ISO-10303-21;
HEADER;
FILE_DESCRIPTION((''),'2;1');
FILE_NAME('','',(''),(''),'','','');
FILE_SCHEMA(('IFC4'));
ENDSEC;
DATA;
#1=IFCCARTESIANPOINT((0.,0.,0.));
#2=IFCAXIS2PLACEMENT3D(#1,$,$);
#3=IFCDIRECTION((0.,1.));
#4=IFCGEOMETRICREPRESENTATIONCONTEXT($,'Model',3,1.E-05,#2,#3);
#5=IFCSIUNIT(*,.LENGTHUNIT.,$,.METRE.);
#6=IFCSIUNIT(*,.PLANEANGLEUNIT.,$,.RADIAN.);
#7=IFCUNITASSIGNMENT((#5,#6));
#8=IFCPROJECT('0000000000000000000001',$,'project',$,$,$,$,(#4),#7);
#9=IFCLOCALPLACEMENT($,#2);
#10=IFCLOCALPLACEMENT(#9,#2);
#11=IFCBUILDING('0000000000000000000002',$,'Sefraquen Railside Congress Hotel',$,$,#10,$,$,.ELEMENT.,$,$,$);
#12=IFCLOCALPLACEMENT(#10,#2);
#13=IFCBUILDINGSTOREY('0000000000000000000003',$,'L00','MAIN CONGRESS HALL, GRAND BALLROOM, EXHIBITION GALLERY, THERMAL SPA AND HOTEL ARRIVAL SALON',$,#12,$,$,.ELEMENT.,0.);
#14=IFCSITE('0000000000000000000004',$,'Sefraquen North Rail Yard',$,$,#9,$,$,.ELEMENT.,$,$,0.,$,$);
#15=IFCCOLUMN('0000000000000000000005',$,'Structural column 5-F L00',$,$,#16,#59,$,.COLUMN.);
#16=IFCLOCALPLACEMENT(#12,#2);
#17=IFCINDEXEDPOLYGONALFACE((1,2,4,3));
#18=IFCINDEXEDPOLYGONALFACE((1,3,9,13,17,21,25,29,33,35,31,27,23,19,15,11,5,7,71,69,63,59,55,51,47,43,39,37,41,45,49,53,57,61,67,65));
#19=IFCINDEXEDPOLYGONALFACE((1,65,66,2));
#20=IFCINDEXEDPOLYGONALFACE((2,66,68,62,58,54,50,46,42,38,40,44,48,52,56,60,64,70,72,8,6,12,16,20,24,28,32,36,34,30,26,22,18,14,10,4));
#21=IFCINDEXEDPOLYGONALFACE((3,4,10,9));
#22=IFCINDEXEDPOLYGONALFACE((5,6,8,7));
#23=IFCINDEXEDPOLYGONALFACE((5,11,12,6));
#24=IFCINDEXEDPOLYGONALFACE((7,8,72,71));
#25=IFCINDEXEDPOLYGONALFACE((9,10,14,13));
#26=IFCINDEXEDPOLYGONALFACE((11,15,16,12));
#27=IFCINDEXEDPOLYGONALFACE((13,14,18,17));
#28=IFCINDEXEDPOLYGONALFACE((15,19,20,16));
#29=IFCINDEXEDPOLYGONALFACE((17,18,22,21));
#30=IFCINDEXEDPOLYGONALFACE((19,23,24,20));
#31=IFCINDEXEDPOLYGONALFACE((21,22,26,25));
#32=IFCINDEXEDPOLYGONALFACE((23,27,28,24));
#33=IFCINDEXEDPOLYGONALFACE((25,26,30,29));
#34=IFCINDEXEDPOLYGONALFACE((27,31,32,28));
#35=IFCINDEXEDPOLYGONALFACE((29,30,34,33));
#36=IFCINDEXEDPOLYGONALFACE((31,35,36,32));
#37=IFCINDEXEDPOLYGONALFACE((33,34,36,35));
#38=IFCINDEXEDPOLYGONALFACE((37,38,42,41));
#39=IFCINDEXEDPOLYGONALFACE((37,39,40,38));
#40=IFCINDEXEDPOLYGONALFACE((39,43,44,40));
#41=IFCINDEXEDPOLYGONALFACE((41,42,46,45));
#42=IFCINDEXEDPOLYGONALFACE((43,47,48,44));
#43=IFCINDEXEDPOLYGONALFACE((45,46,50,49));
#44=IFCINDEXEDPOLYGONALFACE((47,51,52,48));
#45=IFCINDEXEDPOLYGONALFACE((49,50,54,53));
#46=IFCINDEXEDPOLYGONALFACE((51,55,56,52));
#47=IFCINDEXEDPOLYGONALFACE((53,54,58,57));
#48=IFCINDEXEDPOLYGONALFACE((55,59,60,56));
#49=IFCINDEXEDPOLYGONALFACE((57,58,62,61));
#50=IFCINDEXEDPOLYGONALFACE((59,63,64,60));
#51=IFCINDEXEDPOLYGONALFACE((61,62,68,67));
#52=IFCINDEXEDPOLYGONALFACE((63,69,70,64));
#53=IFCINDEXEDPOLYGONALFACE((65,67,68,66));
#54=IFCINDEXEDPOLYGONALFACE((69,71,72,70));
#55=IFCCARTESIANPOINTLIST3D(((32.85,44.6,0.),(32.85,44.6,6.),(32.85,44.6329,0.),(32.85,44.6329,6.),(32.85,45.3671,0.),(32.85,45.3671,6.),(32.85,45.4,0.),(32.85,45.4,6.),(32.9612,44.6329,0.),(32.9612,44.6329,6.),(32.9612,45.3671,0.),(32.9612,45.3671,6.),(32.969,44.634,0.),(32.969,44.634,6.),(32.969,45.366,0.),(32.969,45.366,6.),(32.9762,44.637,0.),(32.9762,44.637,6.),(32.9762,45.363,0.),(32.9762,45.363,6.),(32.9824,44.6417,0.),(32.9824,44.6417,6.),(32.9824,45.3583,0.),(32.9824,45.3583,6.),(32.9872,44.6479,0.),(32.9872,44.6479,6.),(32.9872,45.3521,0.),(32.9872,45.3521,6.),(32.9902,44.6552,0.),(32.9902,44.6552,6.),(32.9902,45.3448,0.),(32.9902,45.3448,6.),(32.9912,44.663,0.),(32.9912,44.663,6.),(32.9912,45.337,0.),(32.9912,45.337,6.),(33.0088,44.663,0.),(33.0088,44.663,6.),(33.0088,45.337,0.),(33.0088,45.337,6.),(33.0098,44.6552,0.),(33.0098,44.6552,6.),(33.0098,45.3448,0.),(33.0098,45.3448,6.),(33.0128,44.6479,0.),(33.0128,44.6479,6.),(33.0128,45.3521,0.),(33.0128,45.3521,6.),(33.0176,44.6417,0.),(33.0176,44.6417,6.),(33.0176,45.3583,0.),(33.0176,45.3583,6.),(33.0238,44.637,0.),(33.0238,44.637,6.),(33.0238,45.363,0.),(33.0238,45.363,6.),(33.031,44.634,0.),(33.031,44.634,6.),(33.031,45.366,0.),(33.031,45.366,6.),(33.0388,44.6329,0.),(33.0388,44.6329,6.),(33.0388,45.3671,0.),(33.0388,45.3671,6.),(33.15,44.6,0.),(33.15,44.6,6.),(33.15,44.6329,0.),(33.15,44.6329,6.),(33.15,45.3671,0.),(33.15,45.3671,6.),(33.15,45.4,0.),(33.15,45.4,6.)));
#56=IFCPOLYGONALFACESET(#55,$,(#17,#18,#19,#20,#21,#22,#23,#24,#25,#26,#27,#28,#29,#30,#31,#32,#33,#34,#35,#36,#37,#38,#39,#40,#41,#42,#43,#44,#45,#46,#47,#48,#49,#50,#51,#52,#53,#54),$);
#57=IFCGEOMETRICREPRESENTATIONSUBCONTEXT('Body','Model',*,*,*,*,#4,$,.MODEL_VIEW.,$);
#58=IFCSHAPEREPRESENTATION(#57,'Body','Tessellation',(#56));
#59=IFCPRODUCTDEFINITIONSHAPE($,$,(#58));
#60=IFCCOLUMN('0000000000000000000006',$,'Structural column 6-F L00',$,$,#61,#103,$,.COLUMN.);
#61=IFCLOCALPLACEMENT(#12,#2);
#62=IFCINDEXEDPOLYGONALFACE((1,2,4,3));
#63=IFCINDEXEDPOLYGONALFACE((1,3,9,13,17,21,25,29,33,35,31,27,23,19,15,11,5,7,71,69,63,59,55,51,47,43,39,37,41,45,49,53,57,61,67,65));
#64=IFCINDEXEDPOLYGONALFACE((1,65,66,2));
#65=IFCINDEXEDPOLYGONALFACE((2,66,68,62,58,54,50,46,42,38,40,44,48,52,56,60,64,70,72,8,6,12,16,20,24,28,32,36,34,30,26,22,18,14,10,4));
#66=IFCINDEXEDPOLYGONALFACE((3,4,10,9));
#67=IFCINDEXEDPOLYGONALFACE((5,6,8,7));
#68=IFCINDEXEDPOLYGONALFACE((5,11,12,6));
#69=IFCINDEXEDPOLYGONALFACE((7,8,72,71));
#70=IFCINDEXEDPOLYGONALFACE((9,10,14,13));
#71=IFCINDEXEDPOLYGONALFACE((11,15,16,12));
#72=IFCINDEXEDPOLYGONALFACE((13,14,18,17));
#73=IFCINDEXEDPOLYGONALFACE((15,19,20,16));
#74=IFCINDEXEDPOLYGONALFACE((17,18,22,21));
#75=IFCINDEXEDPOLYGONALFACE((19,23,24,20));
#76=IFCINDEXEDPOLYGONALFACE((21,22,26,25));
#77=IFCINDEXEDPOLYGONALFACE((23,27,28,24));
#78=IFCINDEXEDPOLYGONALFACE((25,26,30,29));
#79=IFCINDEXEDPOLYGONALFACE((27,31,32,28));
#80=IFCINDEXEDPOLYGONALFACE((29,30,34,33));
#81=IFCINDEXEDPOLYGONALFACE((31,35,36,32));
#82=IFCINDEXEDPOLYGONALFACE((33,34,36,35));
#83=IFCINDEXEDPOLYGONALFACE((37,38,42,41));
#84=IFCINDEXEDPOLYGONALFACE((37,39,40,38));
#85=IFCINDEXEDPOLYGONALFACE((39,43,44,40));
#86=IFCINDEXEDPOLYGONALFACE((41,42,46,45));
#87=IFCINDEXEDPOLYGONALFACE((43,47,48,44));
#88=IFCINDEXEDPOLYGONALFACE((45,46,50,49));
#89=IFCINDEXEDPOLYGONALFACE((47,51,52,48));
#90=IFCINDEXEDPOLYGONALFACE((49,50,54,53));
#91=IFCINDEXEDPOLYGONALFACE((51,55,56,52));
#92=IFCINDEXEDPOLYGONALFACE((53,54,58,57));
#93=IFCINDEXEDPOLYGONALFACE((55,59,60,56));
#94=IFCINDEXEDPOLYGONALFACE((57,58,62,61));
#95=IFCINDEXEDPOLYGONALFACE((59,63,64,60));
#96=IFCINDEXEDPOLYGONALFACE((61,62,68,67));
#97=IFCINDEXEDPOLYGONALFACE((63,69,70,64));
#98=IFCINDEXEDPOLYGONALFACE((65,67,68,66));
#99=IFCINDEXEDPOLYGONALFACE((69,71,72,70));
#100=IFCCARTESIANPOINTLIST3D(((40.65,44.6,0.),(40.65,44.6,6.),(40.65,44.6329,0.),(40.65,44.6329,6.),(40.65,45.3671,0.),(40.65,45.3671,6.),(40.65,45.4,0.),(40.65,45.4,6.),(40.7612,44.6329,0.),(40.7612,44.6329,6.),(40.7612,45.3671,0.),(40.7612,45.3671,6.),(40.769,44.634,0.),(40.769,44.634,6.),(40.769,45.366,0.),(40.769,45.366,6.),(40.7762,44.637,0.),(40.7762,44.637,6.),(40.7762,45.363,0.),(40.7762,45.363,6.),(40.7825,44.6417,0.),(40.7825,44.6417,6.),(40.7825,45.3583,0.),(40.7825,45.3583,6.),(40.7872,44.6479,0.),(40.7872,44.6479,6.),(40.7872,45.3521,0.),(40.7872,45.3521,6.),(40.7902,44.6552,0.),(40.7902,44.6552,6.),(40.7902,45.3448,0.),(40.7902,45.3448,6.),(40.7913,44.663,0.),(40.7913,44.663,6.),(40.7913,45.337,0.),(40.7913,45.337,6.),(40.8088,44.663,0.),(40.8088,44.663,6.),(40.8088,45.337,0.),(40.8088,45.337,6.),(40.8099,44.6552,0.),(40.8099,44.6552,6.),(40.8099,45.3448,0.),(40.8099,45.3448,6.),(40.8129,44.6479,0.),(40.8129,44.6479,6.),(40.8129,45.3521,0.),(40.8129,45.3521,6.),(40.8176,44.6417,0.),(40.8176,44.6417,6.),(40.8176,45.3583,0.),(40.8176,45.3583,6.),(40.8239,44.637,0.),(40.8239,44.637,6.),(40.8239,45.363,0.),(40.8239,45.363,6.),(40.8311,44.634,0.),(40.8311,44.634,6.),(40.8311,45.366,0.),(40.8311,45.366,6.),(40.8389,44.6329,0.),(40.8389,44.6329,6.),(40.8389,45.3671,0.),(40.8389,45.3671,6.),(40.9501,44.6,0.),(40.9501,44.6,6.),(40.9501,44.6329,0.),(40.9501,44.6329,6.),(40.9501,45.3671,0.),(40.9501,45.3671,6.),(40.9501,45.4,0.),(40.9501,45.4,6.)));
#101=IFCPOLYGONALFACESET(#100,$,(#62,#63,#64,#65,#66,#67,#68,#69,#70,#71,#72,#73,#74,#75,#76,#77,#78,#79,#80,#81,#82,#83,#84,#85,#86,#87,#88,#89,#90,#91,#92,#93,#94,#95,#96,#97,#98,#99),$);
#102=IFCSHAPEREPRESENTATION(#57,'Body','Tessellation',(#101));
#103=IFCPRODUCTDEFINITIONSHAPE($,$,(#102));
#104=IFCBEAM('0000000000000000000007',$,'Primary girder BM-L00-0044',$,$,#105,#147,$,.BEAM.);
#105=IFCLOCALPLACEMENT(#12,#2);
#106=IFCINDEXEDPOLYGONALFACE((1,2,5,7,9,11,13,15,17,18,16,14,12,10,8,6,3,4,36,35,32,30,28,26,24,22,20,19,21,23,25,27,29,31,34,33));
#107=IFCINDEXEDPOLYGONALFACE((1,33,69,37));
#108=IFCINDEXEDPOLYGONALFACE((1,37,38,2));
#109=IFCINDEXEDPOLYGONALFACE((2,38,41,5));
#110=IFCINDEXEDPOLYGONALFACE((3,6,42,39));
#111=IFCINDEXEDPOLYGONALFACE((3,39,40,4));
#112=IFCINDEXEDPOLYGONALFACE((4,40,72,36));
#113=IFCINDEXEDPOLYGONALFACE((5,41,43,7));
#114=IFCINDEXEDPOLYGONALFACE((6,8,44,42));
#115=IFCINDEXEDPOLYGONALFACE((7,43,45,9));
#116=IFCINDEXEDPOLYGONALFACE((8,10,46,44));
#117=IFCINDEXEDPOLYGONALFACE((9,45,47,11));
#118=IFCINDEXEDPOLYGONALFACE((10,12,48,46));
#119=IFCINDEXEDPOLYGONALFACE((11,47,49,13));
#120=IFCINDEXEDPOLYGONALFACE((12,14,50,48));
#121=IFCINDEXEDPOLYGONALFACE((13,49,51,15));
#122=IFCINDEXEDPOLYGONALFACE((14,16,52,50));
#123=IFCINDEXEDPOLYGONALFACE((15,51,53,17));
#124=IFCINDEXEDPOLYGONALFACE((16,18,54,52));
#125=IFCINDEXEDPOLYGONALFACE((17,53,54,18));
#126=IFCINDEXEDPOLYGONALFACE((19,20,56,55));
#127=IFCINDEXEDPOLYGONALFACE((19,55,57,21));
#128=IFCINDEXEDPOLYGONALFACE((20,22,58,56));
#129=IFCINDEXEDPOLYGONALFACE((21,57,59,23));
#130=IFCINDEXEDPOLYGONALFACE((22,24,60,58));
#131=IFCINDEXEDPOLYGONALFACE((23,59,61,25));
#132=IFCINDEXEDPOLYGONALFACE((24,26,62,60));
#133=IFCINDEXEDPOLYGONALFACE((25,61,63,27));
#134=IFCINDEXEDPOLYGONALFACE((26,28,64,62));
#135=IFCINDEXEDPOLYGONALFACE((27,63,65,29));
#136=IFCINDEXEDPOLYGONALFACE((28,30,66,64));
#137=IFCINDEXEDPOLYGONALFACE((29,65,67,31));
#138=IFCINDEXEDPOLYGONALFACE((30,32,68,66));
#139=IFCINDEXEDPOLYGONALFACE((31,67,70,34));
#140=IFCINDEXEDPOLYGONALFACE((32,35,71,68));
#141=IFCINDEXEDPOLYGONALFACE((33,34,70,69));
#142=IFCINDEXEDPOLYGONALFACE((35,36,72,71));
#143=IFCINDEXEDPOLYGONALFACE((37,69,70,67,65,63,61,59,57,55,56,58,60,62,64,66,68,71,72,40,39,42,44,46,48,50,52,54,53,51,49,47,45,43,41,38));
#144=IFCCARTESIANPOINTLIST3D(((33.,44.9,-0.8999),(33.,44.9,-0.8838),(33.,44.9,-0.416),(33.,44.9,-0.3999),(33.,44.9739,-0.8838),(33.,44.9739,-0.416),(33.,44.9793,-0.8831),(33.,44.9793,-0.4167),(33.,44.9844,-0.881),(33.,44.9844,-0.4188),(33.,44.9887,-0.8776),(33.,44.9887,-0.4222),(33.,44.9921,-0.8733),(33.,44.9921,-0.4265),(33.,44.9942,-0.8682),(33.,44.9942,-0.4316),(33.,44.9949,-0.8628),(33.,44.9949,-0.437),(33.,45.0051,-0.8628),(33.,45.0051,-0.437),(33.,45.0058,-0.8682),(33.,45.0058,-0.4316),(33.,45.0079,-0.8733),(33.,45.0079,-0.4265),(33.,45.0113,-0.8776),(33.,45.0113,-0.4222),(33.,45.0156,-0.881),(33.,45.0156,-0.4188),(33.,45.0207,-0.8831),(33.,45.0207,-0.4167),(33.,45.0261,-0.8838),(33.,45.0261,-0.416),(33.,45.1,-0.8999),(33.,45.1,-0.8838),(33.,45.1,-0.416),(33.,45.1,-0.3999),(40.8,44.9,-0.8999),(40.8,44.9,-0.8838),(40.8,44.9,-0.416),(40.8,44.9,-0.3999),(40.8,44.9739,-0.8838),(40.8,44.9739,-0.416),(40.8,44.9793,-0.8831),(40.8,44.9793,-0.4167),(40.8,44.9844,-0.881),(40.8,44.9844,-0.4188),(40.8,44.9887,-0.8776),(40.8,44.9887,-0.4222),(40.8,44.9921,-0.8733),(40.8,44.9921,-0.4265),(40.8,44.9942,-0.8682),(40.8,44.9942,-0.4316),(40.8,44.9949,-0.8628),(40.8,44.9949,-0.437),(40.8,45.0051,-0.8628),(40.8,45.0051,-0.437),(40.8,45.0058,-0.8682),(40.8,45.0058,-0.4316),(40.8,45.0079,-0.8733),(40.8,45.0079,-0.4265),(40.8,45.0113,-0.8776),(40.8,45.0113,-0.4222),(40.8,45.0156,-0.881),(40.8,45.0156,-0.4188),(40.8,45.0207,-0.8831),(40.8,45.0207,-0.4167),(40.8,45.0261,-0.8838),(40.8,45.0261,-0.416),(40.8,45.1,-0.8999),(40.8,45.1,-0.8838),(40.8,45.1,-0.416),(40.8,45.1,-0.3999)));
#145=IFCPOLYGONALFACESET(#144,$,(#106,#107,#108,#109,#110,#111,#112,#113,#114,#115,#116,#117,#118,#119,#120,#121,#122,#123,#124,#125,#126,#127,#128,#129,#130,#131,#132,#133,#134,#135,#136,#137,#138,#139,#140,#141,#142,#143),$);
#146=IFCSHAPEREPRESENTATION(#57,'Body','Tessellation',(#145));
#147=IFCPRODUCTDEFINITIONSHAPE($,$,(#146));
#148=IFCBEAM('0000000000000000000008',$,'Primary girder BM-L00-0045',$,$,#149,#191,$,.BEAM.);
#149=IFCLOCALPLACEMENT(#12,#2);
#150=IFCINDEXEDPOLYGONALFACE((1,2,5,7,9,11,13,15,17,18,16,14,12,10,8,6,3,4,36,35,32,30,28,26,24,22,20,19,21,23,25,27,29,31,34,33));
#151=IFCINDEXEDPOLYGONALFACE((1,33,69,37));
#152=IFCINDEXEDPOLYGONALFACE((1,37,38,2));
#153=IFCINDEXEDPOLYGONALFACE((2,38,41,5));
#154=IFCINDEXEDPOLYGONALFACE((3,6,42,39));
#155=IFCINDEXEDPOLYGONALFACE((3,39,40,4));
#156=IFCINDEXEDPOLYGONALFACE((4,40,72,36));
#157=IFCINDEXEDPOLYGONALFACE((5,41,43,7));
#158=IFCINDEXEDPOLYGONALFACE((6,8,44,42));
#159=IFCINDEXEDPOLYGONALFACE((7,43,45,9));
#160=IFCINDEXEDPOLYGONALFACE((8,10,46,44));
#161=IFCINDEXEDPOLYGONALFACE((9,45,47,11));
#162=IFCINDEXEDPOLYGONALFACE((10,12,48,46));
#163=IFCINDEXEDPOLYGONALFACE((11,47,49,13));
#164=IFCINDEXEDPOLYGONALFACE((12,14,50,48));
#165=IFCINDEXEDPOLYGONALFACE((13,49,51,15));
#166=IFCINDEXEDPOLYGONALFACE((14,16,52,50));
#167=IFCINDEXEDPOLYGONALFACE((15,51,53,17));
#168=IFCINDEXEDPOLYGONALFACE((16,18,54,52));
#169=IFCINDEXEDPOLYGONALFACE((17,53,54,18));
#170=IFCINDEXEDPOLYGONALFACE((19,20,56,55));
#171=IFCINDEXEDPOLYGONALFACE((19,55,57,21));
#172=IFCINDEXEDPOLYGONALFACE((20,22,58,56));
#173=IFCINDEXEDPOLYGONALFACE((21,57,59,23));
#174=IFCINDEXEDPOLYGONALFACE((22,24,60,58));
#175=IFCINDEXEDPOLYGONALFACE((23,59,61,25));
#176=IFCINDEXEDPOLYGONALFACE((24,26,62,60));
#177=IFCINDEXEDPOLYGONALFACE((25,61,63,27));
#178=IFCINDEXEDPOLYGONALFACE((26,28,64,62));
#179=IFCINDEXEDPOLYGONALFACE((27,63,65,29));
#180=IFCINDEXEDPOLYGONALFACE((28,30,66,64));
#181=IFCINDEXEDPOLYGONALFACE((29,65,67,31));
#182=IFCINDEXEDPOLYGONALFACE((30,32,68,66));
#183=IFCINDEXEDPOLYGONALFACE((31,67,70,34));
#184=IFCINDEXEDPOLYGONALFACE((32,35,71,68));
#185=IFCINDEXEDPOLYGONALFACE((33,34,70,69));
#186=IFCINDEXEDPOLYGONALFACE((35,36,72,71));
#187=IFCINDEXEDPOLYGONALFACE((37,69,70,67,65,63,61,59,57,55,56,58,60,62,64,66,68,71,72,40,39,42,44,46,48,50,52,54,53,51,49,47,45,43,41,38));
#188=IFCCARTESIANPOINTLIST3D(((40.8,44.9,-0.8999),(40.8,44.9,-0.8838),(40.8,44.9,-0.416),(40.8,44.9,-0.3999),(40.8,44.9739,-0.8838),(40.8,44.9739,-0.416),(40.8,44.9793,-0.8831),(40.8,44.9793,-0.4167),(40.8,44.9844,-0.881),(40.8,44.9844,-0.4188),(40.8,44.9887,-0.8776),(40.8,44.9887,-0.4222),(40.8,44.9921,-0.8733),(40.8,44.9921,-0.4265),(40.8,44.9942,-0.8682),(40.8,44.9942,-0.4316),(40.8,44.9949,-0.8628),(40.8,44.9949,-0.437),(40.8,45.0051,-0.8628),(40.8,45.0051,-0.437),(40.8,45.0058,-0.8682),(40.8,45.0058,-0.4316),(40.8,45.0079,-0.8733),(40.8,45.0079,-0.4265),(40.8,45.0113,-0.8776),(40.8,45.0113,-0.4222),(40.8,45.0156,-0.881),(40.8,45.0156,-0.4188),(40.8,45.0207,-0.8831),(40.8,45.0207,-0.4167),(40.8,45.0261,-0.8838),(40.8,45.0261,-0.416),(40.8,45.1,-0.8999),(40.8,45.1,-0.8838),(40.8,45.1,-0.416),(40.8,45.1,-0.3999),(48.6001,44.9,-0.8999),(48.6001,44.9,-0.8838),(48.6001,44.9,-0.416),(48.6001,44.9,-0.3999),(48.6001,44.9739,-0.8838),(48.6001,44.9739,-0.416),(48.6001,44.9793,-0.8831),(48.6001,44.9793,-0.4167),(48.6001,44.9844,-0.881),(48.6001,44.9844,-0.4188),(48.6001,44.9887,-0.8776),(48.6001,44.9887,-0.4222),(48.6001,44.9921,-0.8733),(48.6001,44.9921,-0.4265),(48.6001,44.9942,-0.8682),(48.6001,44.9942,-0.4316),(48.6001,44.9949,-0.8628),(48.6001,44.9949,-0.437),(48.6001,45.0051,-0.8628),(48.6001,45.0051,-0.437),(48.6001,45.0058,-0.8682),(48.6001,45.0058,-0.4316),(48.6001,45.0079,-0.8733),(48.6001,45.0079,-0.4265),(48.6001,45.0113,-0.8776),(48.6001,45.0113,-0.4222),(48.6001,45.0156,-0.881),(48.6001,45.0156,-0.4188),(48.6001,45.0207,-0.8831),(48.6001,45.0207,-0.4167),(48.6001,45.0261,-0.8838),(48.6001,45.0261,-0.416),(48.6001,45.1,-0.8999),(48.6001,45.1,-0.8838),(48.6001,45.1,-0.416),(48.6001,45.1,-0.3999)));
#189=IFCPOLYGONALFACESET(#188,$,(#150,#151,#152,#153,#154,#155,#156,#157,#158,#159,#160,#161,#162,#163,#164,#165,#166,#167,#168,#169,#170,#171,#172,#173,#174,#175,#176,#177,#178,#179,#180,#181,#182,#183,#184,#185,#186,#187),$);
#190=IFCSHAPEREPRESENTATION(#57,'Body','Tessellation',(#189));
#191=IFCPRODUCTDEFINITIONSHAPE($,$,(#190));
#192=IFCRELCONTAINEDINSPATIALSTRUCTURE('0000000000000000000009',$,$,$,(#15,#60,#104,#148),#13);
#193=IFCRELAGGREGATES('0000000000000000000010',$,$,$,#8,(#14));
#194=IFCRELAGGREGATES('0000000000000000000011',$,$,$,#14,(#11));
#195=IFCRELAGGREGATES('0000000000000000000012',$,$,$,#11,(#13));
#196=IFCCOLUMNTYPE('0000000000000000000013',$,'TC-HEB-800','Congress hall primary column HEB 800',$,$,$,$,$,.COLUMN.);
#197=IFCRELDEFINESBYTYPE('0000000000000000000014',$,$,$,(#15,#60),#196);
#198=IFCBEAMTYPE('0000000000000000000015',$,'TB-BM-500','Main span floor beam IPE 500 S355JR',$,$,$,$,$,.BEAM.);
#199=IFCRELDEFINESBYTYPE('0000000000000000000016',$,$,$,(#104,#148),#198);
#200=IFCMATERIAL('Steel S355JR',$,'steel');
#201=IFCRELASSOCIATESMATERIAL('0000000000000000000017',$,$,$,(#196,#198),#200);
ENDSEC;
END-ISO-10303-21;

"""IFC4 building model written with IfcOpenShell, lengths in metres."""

from ifc_helpers import new_model, si_unit, direction, frame, origin, origin_2d, place, context, subcontext, project, spatial, i_section, extrude, material, material_profile, profile_set, type_object, element, save


model = new_model("IFC4")

# Units and contexts
model_context = context("Model", 3, precision=1e-05, world=origin(), true_north=direction((0.0, 1.0)))
body_context = subcontext(model_context, "Body", "Model", "MODEL_VIEW")
ifc_project = project(units=[si_unit("LENGTHUNIT", "METRE"), si_unit("PLANEANGLEUNIT", "RADIAN")], contexts=[model_context])

# Site, building, storey
site_placement = place(None, origin())
site = spatial("IfcSite", under=ifc_project, at=site_placement, Name="Sefraquen North Rail Yard", CompositionType="ELEMENT", RefElevation=0.0)
building_placement = place(site_placement, origin())
building = spatial("IfcBuilding", under=site, at=building_placement, Name="Sefraquen Railside Congress Hotel", CompositionType="ELEMENT")
storey_placement = place(building_placement, origin())
storey = spatial("IfcBuildingStorey", under=building, at=storey_placement, Name="L00", Description="MAIN CONGRESS HALL, GRAND BALLROOM, EXHIBITION GALLERY, THERMAL SPA AND HOTEL ARRIVAL SALON", CompositionType="ELEMENT", Elevation=0.0)

# Columns
ifc_material_1 = material(Name="Steel S355JR", Category="steel")
ifc_material_profile_1 = material_profile(ifc_material_1, i_section(OverallWidth=0.3, OverallDepth=0.8, WebThickness=0.0176, FlangeThickness=0.033, FilletRadius=0.03, at=origin_2d()), Name="HEB 800")
ifc_profile_set_1 = profile_set([ifc_material_profile_1], Name="Steel S355JR")
column_type = type_object("IfcColumnType", Name="TC-HEB-800", Description="Congress hall primary column HEB 800", PredefinedType="COLUMN", material=ifc_profile_set_1)
for number, where, z_axis, x_axis, name in (
    (1, (33.0, 45.0, 0.0), (0.0, 0.0, 1.0), (1.0, 0.0, 0.0), "Structural column 5-F L00"),
    (2, (40.8, 45.0, 0.0), (0.0, 0.0, 1.0), (1.0, 0.0, 0.0), "Structural column 6-F L00"),
):
    element("IfcColumn", number, at=place(storey_placement, frame(where, z_axis=z_axis, x_axis=x_axis)), inside=storey, type_object=column_type, Name=name, PredefinedType="COLUMN", context=body_context, shape_type="SweptSolid", body=[
        extrude(i_section(OverallWidth=0.3, OverallDepth=0.8, WebThickness=0.0176, FlangeThickness=0.033, FilletRadius=0.03, at=origin_2d()), origin(), (0.0, 0.0, 1.0), 6.0),
    ])

# Beams
ifc_material_profile_2 = material_profile(ifc_material_1, i_section(OverallWidth=0.2, OverallDepth=0.5, WebThickness=0.0103, FlangeThickness=0.0161, FilletRadius=0.021, at=origin_2d()), Name="IPE 500")
ifc_profile_set_2 = profile_set([ifc_material_profile_2], Name="Steel S355JR")
beam_type_1 = type_object("IfcBeamType", Name="TB-BM-500", Description="Main span floor beam IPE 500 S355JR", PredefinedType="BEAM", material=ifc_profile_set_2)
for number, where, z_axis, x_axis, name in (
    (3, (33.0, 45.0, -0.6499), (1.0, 0.0, 0.0), (0.0, 1.0, 0.0), "Primary girder BM-L00-0044"),
    (4, (40.8, 45.0, -0.6499), (1.0, 0.0, 0.0), (0.0, 1.0, 0.0), "Primary girder BM-L00-0045"),
):
    element("IfcBeam", number, at=place(storey_placement, frame(where, z_axis=z_axis, x_axis=x_axis)), inside=storey, type_object=beam_type_1, Name=name, PredefinedType="BEAM", context=body_context, shape_type="SweptSolid", body=[
        extrude(i_section(OverallWidth=0.2, OverallDepth=0.5, WebThickness=0.0103, FlangeThickness=0.0161, FilletRadius=0.021, at=origin_2d()), origin(), (0.0, 0.0, 1.0), 7.8),
    ])

save(model, "model.ifc")
